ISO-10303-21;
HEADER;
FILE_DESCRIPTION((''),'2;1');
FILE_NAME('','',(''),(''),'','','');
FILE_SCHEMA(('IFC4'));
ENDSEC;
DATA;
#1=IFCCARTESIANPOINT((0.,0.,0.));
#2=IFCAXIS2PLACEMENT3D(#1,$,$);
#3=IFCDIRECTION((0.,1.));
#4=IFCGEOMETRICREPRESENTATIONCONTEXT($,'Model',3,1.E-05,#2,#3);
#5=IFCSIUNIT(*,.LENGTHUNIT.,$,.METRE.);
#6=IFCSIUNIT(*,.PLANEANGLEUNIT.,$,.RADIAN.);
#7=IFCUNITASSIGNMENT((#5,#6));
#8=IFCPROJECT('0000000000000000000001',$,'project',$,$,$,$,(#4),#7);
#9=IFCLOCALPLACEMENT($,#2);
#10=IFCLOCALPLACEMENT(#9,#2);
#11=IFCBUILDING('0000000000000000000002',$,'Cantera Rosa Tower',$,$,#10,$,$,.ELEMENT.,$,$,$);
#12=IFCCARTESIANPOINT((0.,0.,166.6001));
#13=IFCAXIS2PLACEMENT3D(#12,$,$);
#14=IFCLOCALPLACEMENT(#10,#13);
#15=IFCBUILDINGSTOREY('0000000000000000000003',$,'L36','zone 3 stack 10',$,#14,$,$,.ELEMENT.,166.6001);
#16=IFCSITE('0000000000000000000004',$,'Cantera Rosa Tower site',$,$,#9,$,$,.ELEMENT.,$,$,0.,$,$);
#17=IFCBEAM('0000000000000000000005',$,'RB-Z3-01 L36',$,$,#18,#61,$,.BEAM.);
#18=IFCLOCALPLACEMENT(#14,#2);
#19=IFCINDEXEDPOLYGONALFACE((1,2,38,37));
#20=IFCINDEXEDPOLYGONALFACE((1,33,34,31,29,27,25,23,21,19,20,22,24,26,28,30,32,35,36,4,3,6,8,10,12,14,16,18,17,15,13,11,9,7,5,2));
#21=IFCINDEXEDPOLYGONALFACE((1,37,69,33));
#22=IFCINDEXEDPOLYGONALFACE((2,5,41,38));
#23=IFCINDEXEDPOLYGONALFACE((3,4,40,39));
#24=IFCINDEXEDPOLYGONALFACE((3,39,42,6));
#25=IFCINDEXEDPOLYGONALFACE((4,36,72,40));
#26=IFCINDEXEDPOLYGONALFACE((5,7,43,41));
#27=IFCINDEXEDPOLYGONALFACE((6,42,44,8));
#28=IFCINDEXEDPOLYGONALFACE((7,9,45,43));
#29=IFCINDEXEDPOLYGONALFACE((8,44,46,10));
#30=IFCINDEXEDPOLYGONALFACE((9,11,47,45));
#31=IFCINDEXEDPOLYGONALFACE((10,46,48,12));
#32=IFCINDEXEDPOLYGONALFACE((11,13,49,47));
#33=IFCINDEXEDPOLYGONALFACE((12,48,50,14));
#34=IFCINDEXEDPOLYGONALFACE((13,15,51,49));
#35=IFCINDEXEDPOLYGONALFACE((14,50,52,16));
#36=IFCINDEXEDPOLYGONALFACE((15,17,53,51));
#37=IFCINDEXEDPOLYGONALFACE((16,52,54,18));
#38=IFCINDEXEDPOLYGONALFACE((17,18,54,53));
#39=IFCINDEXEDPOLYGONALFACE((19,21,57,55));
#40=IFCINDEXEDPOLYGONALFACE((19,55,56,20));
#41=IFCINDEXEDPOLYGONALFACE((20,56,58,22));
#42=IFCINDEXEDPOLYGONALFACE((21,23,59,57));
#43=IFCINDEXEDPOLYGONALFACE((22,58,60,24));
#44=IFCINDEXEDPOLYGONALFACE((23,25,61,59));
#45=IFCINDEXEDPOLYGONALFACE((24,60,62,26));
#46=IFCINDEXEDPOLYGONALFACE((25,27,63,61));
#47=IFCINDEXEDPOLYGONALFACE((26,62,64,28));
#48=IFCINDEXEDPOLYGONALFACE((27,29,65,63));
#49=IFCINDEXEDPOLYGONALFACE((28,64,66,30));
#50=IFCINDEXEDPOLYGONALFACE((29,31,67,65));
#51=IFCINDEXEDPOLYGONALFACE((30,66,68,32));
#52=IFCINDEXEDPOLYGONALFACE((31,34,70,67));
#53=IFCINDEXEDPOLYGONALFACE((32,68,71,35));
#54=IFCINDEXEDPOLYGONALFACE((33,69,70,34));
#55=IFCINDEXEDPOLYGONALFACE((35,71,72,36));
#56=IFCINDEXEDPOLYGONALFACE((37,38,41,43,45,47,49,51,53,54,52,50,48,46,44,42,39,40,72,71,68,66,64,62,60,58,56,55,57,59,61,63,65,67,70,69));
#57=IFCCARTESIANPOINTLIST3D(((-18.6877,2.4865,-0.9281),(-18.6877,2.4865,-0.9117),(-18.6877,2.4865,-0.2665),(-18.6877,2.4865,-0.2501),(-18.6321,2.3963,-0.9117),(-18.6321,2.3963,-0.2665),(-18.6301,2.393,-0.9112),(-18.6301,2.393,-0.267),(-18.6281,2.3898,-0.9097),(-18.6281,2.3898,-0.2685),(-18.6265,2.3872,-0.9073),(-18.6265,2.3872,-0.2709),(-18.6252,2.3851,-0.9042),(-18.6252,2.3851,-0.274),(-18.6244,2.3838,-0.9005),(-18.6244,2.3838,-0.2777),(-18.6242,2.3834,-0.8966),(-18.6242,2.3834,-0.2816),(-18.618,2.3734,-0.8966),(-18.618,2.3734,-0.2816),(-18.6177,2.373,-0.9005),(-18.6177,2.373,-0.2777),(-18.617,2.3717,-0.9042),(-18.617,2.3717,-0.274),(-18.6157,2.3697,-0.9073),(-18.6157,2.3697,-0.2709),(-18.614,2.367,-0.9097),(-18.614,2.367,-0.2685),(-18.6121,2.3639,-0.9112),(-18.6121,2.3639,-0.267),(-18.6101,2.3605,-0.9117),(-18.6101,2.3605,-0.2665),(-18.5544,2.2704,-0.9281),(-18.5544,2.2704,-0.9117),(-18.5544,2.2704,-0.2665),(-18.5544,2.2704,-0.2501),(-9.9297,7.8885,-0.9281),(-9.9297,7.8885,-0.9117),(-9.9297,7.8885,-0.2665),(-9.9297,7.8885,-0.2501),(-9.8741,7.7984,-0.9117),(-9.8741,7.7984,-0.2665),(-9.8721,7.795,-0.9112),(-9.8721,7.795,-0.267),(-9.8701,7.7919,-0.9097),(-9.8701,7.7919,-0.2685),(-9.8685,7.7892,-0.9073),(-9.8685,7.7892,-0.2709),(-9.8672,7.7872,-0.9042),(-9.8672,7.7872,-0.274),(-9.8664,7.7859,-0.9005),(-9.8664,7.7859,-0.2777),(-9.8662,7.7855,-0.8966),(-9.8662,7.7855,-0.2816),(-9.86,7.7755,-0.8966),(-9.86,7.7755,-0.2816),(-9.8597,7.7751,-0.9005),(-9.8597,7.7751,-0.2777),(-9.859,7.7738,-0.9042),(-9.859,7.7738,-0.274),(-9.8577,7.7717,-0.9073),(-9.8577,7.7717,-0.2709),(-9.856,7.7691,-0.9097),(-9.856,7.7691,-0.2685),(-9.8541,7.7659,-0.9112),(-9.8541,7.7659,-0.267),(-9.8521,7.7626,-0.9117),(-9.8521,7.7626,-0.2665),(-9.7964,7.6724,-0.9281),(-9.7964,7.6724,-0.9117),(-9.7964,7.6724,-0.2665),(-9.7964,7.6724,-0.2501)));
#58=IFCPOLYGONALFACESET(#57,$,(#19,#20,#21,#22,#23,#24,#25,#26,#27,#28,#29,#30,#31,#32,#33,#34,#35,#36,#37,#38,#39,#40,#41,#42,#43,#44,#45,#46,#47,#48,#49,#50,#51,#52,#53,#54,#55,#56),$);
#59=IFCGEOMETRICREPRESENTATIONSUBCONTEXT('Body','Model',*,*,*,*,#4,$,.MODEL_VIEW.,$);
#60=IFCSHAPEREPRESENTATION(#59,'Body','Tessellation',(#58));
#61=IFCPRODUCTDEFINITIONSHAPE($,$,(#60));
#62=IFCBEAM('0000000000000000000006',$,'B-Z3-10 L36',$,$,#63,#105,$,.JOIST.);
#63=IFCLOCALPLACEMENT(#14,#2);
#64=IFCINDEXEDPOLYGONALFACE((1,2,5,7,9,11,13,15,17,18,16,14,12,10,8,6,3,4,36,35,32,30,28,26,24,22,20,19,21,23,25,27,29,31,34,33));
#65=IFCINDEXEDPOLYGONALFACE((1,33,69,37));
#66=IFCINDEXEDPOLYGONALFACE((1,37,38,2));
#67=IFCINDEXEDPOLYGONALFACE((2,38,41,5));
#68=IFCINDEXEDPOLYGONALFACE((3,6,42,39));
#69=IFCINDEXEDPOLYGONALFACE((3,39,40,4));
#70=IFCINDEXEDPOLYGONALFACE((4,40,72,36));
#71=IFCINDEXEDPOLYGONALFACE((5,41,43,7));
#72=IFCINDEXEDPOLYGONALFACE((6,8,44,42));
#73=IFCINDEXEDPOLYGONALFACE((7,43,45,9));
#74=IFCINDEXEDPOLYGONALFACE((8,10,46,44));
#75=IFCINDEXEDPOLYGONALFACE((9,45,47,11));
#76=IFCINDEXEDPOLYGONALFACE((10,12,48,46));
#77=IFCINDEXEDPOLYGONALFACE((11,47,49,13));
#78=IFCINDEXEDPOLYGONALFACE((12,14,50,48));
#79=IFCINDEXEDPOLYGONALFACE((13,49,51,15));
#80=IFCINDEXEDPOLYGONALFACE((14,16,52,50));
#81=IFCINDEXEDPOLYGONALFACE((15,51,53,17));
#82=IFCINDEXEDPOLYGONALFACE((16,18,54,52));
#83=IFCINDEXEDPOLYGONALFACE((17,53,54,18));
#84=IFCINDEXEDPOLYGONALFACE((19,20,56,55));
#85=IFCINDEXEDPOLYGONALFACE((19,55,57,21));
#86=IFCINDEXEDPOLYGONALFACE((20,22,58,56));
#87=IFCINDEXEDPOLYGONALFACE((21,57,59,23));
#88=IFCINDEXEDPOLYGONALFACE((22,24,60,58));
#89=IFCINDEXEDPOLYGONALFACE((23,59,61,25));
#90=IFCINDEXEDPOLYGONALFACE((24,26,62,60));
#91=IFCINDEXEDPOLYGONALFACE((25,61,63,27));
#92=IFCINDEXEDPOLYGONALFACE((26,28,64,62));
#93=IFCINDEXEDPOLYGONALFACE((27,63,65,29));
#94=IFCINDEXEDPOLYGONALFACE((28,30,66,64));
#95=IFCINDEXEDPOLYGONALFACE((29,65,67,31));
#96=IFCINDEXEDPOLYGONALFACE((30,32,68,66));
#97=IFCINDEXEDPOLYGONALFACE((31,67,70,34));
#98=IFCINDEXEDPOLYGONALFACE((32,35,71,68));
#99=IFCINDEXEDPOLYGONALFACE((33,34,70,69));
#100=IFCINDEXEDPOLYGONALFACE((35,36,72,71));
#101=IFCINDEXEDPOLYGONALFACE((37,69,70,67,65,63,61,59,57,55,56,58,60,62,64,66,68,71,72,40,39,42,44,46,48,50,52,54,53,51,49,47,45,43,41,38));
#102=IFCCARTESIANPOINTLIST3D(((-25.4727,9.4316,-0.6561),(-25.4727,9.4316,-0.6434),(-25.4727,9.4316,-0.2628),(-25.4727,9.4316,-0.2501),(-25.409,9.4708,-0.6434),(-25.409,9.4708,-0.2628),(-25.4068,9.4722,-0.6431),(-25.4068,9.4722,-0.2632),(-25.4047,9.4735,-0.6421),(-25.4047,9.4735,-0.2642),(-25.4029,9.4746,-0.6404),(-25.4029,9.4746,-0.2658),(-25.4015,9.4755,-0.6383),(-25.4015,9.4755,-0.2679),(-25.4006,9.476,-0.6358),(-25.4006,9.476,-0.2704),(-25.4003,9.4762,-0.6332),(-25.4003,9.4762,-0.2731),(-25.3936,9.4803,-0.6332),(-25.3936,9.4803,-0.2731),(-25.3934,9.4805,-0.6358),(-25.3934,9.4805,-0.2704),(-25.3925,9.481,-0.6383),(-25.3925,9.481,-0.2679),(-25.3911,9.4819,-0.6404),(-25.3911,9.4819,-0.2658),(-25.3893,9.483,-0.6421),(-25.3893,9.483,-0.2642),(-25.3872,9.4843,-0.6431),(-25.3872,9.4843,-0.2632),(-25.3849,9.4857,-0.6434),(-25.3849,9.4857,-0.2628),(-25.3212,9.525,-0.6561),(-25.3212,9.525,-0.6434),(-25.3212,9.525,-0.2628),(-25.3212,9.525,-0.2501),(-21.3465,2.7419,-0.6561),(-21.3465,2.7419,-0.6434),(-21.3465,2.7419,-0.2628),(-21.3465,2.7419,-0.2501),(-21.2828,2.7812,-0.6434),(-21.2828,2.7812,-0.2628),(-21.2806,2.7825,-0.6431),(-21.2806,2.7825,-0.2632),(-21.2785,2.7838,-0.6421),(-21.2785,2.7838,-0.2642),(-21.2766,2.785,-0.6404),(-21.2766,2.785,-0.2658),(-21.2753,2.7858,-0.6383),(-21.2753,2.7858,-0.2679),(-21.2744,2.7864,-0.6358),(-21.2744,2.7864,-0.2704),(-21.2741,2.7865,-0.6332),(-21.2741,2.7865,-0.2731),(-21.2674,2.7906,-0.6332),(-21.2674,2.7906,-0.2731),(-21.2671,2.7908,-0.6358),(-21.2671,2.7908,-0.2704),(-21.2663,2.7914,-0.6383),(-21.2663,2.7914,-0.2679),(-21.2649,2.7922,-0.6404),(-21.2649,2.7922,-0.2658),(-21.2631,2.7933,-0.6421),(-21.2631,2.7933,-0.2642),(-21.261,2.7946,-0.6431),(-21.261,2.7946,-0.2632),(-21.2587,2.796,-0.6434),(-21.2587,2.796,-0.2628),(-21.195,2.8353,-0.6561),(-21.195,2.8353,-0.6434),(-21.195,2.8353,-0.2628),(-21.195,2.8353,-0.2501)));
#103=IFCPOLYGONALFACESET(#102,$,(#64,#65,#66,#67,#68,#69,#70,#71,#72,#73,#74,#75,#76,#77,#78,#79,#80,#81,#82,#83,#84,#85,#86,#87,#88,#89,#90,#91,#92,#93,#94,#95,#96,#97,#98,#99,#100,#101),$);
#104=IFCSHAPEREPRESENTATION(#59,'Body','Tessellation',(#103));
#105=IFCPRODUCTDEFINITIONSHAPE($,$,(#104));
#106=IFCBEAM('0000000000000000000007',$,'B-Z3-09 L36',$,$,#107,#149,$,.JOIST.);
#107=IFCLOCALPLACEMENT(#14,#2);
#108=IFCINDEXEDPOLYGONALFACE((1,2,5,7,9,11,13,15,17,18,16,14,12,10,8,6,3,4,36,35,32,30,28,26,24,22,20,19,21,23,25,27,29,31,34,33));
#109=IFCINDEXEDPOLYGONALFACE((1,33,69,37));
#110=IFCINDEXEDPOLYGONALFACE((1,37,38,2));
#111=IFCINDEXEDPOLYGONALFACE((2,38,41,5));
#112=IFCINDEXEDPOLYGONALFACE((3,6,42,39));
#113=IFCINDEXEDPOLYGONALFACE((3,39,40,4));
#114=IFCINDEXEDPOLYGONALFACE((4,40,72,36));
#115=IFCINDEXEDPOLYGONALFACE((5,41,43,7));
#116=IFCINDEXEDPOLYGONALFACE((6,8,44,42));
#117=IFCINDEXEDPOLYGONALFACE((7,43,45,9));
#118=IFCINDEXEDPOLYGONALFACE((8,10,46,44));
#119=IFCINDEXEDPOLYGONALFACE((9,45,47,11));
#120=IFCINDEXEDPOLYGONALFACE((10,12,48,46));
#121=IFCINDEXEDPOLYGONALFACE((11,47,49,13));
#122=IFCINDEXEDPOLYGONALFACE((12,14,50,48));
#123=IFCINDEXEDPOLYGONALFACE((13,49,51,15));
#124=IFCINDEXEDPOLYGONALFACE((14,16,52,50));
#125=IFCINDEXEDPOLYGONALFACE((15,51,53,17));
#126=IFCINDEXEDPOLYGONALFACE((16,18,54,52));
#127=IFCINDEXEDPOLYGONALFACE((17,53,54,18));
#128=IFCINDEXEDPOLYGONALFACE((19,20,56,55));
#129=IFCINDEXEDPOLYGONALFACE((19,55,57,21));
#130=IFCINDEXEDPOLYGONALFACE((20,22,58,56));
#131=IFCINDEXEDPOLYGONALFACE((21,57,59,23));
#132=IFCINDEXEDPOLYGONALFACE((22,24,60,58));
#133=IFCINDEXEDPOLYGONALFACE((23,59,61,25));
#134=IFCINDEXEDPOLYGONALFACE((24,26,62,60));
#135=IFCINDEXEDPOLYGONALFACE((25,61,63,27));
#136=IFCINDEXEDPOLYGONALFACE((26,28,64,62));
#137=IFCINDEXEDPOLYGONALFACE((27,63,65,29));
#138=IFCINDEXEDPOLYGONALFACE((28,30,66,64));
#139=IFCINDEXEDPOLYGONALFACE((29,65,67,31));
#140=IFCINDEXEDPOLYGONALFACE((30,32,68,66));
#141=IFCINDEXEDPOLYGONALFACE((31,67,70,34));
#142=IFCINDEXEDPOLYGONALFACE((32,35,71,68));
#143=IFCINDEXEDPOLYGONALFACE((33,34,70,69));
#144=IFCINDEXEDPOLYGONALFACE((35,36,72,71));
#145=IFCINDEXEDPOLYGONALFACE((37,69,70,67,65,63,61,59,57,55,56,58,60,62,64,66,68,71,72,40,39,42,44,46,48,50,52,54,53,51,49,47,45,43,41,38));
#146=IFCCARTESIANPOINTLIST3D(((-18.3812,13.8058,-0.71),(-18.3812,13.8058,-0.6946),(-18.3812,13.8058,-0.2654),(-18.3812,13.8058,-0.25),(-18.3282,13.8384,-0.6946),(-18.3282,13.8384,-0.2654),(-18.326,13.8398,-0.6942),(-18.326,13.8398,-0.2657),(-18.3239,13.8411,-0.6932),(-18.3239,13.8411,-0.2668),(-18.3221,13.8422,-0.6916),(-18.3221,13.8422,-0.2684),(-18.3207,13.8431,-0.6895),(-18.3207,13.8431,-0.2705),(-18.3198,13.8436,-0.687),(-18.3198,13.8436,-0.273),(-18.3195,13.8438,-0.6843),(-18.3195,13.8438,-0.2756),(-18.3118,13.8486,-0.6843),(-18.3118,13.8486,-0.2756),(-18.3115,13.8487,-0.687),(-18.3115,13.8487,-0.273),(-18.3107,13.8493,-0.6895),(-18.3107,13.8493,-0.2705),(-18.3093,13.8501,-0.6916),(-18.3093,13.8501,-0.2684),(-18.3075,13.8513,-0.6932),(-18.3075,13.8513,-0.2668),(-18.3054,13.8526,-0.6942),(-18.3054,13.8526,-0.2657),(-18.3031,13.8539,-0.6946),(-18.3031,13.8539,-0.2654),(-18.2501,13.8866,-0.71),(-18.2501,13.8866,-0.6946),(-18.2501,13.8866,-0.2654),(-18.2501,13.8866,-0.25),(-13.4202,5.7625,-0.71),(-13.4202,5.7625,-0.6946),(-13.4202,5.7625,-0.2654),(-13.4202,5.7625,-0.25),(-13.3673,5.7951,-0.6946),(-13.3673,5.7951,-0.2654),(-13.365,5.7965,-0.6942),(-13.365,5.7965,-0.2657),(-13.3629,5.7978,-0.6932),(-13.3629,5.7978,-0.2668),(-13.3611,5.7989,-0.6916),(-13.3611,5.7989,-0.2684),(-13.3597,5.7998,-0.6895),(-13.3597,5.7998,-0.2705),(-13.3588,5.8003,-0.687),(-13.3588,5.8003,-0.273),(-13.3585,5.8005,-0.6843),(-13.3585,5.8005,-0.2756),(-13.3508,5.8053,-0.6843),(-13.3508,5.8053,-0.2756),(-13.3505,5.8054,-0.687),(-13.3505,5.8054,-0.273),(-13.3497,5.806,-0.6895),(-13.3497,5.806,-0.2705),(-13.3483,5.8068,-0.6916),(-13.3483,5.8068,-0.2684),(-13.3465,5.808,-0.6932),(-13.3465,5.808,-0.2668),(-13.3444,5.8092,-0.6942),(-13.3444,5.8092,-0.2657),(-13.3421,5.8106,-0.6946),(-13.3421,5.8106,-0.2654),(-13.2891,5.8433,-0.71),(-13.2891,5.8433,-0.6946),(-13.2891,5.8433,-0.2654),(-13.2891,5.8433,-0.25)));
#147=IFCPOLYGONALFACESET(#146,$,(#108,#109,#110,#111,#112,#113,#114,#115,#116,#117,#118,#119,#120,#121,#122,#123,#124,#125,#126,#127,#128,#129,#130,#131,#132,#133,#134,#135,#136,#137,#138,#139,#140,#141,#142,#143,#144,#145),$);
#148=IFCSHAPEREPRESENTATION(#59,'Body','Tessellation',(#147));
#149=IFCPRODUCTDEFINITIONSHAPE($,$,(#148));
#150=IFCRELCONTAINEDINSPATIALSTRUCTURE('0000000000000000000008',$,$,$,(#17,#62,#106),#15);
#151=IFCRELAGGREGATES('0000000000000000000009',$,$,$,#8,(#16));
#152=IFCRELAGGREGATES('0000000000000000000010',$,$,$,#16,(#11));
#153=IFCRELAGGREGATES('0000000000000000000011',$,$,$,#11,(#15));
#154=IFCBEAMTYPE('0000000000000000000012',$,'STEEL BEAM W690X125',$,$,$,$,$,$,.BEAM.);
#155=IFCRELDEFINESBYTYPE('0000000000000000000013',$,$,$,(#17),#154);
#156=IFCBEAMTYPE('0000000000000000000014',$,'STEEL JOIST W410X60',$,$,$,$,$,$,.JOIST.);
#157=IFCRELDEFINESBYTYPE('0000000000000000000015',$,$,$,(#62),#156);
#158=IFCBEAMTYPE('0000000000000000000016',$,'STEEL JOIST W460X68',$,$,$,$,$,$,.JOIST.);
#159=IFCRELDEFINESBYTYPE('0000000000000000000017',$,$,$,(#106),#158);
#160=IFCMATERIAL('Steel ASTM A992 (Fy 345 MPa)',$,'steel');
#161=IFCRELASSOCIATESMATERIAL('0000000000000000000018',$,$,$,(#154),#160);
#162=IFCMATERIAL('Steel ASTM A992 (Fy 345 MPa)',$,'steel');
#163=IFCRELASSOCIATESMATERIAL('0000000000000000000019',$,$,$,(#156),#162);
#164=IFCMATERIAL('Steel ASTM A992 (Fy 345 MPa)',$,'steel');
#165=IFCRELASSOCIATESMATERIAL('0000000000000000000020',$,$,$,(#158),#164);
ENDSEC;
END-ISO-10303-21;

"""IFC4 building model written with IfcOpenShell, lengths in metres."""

from ifc_helpers import new_model, si_unit, direction, frame, origin, origin_2d, place, context, subcontext, project, spatial, i_section, extrude, material, material_profile, profile_set, type_object, element, save


model = new_model("IFC4")

# Units and contexts
model_context = context("Model", 3, precision=1e-05, world=origin(), true_north=direction((0.0, 1.0)))
body_context = subcontext(model_context, "Body", "Model", "MODEL_VIEW")
ifc_project = project(units=[si_unit("LENGTHUNIT", "METRE"), si_unit("PLANEANGLEUNIT", "RADIAN")], contexts=[model_context])

# Site, building, storey
site_placement = place(None, origin())
site = spatial("IfcSite", under=ifc_project, at=site_placement, Name="Cantera Rosa Tower site", CompositionType="ELEMENT", RefElevation=0.0)
building_placement = place(site_placement, origin())
building = spatial("IfcBuilding", under=site, at=building_placement, Name="Cantera Rosa Tower", CompositionType="ELEMENT")
storey_placement = place(building_placement, frame((0.0, 0.0, 166.6001)))
storey = spatial("IfcBuildingStorey", under=building, at=storey_placement, Name="L36", Description="zone 3 stack 10", CompositionType="ELEMENT", Elevation=166.6001)

# Beams
ifc_material_1 = material(Name="Steel ASTM A992 (Fy 345 MPa)", Category="steel")
ifc_material_profile_1 = material_profile(ifc_material_1, i_section(OverallWidth=0.2539, OverallDepth=0.678, WebThickness=0.0117, FlangeThickness=0.0164, FilletRadius=0.0151, at=origin_2d()), Name="W690X125")
ifc_profile_set_1 = profile_set([ifc_material_profile_1], Name="Steel ASTM A992 (Fy 345 MPa)")
beam_type_1 = type_object("IfcBeamType", Name="STEEL BEAM W690X125", PredefinedType="BEAM", material=ifc_profile_set_1)
beam_1_placement = place(storey_placement, frame((-18.6211, 2.3784, -0.5891), z_axis=(0.851115, 0.52498, 0.0), x_axis=(-0.52498, 0.851115, 0.0)))
element("IfcBeam", 1, at=beam_1_placement, inside=storey, type_object=beam_type_1, Name="RB-Z3-01 L36", PredefinedType="BEAM", context=body_context, shape_type="SweptSolid", body=[
    extrude(i_section(OverallWidth=0.2539, OverallDepth=0.678, WebThickness=0.0117, FlangeThickness=0.0164, FilletRadius=0.0151, at=origin_2d()), origin(), (0.0, 0.0, 1.0), 10.29),
])
ifc_material_2 = material(Name="Steel ASTM A992 (Fy 345 MPa)", Category="steel")
ifc_material_profile_2 = material_profile(ifc_material_2, i_section(OverallWidth=0.178, OverallDepth=0.406, WebThickness=0.0078, FlangeThickness=0.0127, FilletRadius=0.0103, at=origin_2d()), Name="W410X60")
ifc_profile_set_2 = profile_set([ifc_material_profile_2], Name="Steel ASTM A992 (Fy 345 MPa)")
beam_type_2 = type_object("IfcBeamType", Name="STEEL JOIST W410X60", PredefinedType="JOIST", material=ifc_profile_set_2)
beam_2_placement = place(storey_placement, frame((-25.397, 9.4783, -0.4531), z_axis=(0.524972, -0.851119, 0.0), x_axis=(0.851119, 0.524972, 0.0)))
element("IfcBeam", 2, at=beam_2_placement, inside=storey, type_object=beam_type_2, Name="B-Z3-10 L36", PredefinedType="JOIST", context=body_context, shape_type="SweptSolid", body=[
    extrude(i_section(OverallWidth=0.178, OverallDepth=0.406, WebThickness=0.0078, FlangeThickness=0.0127, FilletRadius=0.0103, at=origin_2d()), origin(), (0.0, 0.0, 1.0), 7.8599),
])
ifc_material_3 = material(Name="Steel ASTM A992 (Fy 345 MPa)", Category="steel")
ifc_material_profile_3 = material_profile(ifc_material_3, i_section(OverallWidth=0.1541, OverallDepth=0.46, WebThickness=0.009, FlangeThickness=0.0154, FilletRadius=0.0103, at=origin_2d()), Name="W460X68")
ifc_profile_set_3 = profile_set([ifc_material_profile_3], Name="Steel ASTM A992 (Fy 345 MPa)")
beam_type_3 = type_object("IfcBeamType", Name="STEEL JOIST W460X68", PredefinedType="JOIST", material=ifc_profile_set_3)
beam_3_placement = place(storey_placement, frame((-18.3157, 13.8462, -0.48), z_axis=(0.524962, -0.851126, 0.0), x_axis=(0.851126, 0.524962, 0.0)))
element("IfcBeam", 3, at=beam_3_placement, inside=storey, type_object=beam_type_3, Name="B-Z3-09 L36", PredefinedType="JOIST", context=body_context, shape_type="SweptSolid", body=[
    extrude(i_section(OverallWidth=0.1541, OverallDepth=0.46, WebThickness=0.009, FlangeThickness=0.0154, FilletRadius=0.0103, at=origin_2d()), origin(), (0.0, 0.0, 1.0), 9.4502),
])

save(model, "model.ifc")
